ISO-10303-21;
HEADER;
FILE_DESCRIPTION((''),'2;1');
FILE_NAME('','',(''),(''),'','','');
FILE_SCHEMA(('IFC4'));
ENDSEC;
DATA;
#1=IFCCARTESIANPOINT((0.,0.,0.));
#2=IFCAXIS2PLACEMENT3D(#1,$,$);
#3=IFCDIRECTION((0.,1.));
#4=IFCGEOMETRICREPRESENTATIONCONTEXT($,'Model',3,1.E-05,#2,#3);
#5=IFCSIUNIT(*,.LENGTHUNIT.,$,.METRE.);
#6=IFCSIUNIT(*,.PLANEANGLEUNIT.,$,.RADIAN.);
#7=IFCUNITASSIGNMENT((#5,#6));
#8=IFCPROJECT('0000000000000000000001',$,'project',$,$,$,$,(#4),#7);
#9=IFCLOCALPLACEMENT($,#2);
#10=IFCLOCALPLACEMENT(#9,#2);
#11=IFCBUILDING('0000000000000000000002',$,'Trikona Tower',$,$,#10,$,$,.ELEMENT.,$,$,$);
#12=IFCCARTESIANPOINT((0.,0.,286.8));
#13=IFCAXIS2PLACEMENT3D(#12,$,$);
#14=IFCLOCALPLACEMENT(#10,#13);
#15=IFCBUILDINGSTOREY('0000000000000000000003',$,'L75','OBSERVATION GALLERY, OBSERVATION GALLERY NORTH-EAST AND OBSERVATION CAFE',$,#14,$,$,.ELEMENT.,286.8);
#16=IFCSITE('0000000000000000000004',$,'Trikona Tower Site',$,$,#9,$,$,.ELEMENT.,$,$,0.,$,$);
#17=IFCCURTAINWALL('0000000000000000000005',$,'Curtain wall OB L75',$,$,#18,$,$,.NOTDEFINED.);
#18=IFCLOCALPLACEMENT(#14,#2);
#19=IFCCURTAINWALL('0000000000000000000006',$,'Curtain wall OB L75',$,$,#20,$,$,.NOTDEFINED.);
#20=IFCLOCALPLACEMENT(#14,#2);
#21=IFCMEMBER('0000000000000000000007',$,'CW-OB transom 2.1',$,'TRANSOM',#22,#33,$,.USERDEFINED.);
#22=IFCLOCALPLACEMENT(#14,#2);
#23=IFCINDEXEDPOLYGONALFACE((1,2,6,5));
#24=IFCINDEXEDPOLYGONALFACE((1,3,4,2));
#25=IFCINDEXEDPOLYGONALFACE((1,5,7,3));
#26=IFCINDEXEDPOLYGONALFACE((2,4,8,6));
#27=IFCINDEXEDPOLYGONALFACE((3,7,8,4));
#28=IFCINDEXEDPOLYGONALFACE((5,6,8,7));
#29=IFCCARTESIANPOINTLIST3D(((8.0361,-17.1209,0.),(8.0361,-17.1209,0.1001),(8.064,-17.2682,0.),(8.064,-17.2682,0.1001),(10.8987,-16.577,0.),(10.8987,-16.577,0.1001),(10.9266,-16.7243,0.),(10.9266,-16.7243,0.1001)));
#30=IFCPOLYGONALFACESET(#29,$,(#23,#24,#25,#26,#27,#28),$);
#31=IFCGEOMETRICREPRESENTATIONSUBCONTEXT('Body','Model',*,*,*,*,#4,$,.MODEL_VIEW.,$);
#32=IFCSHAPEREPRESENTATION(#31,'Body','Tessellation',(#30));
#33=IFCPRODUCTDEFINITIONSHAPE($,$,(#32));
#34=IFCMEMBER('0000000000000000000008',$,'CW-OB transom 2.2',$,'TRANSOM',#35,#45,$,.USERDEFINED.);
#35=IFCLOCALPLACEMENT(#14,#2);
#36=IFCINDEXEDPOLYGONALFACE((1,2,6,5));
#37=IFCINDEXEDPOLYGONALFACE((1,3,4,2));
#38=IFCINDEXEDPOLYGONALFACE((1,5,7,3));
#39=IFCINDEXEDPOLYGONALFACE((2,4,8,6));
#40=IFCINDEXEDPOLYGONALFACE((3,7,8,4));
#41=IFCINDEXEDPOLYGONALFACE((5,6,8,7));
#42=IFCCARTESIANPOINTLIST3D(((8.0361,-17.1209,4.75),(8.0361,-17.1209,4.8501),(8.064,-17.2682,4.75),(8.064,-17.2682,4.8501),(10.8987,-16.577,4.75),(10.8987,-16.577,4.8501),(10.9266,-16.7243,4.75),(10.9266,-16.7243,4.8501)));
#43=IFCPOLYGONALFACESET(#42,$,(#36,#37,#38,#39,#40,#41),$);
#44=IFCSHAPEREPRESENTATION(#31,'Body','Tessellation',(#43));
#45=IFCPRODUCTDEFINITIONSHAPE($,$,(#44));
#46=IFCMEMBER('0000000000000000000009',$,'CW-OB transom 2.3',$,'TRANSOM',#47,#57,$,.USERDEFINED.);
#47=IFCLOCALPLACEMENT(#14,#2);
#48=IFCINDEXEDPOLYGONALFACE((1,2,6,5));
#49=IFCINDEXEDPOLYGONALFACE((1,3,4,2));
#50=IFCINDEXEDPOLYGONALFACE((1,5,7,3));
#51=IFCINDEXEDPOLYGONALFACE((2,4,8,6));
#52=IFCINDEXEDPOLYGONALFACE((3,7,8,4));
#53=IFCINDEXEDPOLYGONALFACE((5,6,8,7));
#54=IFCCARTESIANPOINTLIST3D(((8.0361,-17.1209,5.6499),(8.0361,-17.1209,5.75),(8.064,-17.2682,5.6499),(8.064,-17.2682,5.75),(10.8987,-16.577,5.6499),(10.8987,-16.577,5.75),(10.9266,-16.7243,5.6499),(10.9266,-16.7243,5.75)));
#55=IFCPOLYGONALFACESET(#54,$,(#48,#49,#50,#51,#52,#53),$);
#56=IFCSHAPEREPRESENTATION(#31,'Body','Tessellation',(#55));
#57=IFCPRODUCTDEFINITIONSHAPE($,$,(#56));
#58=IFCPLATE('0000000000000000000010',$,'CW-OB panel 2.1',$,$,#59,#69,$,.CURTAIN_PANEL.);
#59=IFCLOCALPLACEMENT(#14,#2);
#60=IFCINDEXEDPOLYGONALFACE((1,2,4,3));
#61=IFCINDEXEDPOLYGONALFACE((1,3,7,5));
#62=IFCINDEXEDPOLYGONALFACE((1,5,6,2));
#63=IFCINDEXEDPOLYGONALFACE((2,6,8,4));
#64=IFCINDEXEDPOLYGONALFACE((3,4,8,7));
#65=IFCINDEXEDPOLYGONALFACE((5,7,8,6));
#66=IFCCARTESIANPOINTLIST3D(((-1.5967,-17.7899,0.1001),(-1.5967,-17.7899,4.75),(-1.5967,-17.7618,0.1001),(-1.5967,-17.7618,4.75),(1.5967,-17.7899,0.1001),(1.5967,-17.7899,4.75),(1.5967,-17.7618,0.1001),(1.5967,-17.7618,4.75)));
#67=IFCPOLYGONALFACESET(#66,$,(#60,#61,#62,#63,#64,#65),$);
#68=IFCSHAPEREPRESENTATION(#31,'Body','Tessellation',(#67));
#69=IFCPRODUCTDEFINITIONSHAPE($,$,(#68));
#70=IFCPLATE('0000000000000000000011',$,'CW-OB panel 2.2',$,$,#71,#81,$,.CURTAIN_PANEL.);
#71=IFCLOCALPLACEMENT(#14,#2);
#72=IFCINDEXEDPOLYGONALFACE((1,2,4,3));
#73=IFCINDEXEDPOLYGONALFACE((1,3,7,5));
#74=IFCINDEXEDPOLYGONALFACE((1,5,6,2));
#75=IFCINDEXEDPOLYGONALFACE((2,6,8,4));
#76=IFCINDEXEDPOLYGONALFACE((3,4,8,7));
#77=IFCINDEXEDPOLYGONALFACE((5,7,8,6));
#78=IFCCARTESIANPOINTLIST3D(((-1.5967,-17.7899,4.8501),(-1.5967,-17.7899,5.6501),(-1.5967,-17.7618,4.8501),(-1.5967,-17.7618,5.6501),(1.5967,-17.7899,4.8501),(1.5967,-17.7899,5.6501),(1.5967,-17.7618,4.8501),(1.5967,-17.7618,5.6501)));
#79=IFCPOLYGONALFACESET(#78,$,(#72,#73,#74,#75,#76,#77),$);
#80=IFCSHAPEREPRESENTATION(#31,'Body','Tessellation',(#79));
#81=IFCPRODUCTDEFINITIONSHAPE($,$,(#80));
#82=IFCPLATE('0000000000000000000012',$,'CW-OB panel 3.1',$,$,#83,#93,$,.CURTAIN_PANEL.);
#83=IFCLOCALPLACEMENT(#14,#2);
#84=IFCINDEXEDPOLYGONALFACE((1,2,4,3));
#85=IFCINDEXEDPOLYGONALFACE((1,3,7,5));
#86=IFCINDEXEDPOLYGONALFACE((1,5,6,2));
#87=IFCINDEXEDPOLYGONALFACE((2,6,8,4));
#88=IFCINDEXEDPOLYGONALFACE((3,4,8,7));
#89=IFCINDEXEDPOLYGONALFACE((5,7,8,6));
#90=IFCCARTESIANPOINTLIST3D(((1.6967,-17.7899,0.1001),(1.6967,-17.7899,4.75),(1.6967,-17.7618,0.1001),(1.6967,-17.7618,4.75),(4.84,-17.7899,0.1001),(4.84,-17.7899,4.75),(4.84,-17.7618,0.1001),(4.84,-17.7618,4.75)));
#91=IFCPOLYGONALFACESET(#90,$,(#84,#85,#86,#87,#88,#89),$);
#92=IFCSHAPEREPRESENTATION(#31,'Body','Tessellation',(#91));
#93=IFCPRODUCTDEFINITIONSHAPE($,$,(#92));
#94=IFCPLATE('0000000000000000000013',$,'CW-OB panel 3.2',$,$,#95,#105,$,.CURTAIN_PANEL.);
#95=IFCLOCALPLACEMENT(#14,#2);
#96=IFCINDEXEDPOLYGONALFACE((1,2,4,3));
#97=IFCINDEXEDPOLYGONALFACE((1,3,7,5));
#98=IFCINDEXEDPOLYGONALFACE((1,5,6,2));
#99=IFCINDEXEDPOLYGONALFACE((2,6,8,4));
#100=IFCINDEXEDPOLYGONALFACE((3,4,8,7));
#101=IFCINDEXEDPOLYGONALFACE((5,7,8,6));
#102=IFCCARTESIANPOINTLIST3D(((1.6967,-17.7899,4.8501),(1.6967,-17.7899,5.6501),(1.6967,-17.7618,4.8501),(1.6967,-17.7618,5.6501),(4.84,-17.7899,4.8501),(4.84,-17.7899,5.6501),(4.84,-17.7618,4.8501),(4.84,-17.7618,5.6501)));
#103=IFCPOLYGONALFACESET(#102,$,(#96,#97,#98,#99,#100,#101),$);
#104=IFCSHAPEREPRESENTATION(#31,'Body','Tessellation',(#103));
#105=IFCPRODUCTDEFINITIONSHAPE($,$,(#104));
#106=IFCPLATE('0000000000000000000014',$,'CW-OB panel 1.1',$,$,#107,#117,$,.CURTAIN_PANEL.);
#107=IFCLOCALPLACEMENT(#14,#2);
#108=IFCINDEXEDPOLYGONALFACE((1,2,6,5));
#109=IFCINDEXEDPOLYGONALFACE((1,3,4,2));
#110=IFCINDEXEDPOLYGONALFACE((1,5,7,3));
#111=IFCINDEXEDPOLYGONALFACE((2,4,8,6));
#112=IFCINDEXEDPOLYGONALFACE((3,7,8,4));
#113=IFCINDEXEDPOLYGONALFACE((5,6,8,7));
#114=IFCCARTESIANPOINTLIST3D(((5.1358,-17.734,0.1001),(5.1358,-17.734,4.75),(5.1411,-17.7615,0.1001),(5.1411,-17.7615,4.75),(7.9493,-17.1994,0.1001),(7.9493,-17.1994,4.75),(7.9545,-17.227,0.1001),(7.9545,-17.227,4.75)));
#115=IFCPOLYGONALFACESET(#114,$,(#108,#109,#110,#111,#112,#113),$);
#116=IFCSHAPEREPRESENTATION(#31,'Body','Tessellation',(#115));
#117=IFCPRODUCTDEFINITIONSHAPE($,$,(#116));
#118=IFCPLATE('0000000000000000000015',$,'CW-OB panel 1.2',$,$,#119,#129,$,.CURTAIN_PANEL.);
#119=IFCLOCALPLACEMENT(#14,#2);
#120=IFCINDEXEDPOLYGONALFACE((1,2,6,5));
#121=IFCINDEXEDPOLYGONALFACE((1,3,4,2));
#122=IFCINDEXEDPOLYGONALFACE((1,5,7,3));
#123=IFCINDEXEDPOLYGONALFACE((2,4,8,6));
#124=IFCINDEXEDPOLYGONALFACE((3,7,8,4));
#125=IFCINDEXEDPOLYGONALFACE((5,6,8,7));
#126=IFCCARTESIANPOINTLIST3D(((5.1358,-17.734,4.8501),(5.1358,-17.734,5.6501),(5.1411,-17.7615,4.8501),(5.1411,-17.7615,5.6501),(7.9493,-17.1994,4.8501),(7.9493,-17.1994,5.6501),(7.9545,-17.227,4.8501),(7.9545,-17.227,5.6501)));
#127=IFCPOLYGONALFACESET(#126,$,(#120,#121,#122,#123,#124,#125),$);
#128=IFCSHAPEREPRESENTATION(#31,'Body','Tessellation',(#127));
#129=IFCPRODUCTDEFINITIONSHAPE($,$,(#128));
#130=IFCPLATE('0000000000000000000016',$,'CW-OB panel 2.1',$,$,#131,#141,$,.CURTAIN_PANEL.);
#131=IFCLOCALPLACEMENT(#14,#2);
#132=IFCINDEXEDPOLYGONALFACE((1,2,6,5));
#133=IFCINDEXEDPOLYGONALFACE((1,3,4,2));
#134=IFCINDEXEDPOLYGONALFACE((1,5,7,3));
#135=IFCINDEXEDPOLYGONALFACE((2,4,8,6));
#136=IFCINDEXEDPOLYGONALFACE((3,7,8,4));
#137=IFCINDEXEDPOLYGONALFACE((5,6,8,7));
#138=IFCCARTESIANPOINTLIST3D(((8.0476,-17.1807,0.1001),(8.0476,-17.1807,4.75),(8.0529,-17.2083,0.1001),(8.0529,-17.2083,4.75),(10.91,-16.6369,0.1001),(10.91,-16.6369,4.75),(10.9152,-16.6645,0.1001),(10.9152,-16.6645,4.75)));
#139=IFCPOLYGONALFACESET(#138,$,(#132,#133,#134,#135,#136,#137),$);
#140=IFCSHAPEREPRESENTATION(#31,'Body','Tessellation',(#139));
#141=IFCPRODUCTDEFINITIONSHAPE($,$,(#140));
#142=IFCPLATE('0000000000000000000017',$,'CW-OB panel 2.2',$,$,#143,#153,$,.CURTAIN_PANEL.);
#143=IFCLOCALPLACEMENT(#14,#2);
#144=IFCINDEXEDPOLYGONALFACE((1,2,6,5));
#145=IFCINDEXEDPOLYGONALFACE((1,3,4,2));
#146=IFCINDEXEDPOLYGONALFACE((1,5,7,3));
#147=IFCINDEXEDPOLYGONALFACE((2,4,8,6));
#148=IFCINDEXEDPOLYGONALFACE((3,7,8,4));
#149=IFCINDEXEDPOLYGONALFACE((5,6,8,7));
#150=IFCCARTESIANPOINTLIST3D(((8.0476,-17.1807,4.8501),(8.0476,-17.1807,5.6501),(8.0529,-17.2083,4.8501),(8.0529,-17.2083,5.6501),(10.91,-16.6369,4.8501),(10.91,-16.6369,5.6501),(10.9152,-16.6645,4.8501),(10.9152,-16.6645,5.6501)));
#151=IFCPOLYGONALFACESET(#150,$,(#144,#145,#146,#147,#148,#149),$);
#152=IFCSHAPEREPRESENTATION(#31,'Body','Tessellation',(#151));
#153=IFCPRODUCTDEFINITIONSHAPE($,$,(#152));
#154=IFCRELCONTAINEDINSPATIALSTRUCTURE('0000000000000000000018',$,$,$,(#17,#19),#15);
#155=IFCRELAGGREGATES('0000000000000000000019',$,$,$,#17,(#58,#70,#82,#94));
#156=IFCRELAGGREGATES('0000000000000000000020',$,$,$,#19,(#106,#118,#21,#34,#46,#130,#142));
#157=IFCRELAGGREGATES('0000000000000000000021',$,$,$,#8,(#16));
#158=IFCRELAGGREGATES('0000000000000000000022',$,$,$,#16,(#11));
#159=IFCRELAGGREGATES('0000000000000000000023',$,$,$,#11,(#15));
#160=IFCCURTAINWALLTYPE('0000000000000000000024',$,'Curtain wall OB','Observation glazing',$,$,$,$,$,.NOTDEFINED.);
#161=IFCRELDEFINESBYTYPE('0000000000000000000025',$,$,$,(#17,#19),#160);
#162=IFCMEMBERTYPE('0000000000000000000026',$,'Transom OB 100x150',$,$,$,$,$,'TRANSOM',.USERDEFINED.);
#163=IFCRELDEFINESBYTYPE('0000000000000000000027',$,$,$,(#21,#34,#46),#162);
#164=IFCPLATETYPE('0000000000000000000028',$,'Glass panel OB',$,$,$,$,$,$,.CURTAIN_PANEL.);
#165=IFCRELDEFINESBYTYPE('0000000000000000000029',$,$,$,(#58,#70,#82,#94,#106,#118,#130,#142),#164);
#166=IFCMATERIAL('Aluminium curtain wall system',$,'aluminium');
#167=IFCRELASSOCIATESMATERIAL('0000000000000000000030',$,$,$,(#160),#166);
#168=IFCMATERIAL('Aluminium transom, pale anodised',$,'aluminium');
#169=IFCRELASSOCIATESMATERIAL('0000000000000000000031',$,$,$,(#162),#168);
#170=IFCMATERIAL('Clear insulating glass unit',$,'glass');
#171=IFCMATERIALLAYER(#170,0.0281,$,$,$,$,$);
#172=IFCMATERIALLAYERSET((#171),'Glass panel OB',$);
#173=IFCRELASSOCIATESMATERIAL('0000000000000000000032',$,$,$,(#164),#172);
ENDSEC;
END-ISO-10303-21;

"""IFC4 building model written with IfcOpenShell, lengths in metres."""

from ifc_helpers import new_model, si_unit, direction, frame, origin, origin_2d, place, context, subcontext, project, spatial, rectangle, extrude, material, layer, layer_set, material_profile, profile_set, type_object, element, aggregate, save


model = new_model("IFC4")

# Units and contexts
model_context = context("Model", 3, precision=1e-05, world=origin(), true_north=direction((0.0, 1.0)))
body_context = subcontext(model_context, "Body", "Model", "MODEL_VIEW")
ifc_project = project(units=[si_unit("LENGTHUNIT", "METRE"), si_unit("PLANEANGLEUNIT", "RADIAN")], contexts=[model_context])

# Site, building, storey
site_placement = place(None, origin())
site = spatial("IfcSite", under=ifc_project, at=site_placement, Name="Trikona Tower Site", CompositionType="ELEMENT", RefElevation=0.0)
building_placement = place(site_placement, origin())
building = spatial("IfcBuilding", under=site, at=building_placement, Name="Trikona Tower", CompositionType="ELEMENT")
storey_placement = place(building_placement, frame((0.0, 0.0, 286.8)))
storey = spatial("IfcBuildingStorey", under=building, at=storey_placement, Name="L75", Description="OBSERVATION GALLERY, OBSERVATION GALLERY NORTH-EAST AND OBSERVATION CAFE", CompositionType="ELEMENT", Elevation=286.8)

# Curtain walls
ifc_material_1 = material(Name="Aluminium curtain wall system", Category="aluminium")
curtain_wall_type = type_object("IfcCurtainWallType", Name="Curtain wall OB", Description="Observation glazing", PredefinedType="NOTDEFINED", material=ifc_material_1)
curtain_wall_1_placement = place(storey_placement, origin())
curtain_wall_1 = element("IfcCurtainWall", 1, at=curtain_wall_1_placement, inside=storey, type_object=curtain_wall_type, Name="Curtain wall OB L75", PredefinedType="NOTDEFINED")
curtain_wall_2_placement = place(storey_placement, origin())
curtain_wall_2 = element("IfcCurtainWall", 2, at=curtain_wall_2_placement, inside=storey, type_object=curtain_wall_type, Name="Curtain wall OB L75", PredefinedType="NOTDEFINED")

# Members
ifc_material_2 = material(Name="Aluminium transom, pale anodised", Category="aluminium")
ifc_material_profile_1 = material_profile(ifc_material_2, rectangle(XDim=0.1499, YDim=0.1001, at=origin_2d()), Name="TRN-OB")
ifc_profile_set_1 = profile_set([ifc_material_profile_1], Name="Aluminium transom, pale anodised")
member_type_1 = type_object("IfcMemberType", Name="Transom OB 100x150", ElementType="TRANSOM", PredefinedType="USERDEFINED", material=ifc_profile_set_1)
member_1_placement = place(storey_placement, frame((8.05, -17.1946, 0.05), z_axis=(0.982421, 0.186681, 0.0), x_axis=(-0.186681, 0.982421, 0.0)))
member_1 = element("IfcMember", 3, at=member_1_placement, type_object=member_type_1, Name="CW-OB transom 2.1", ObjectType="TRANSOM", PredefinedType="USERDEFINED", context=body_context, shape_type="SweptSolid", body=[
    extrude(rectangle(XDim=0.1499, YDim=0.1001, at=origin_2d()), origin(), (0.0, 0.0, 1.0), 2.9138),
])
member_2_placement = place(storey_placement, frame((8.05, -17.1946, 4.8), z_axis=(0.982421, 0.186681, 0.0), x_axis=(-0.186681, 0.982421, 0.0)))
member_2 = element("IfcMember", 4, at=member_2_placement, type_object=member_type_1, Name="CW-OB transom 2.2", ObjectType="TRANSOM", PredefinedType="USERDEFINED", context=body_context, shape_type="SweptSolid", body=[
    extrude(rectangle(XDim=0.1499, YDim=0.1001, at=origin_2d()), origin(), (0.0, 0.0, 1.0), 2.9138),
])
member_3_placement = place(storey_placement, frame((8.05, -17.1946, 5.7), z_axis=(0.982421, 0.186681, 0.0), x_axis=(-0.186681, 0.982421, 0.0)))
member_3 = element("IfcMember", 5, at=member_3_placement, type_object=member_type_1, Name="CW-OB transom 2.3", ObjectType="TRANSOM", PredefinedType="USERDEFINED", context=body_context, shape_type="SweptSolid", body=[
    extrude(rectangle(XDim=0.1499, YDim=0.1001, at=origin_2d()), origin(), (0.0, 0.0, 1.0), 2.9138),
])

# Plates
ifc_material_3 = material(Name="Clear insulating glass unit", Category="glass")
ifc_layer = layer(ifc_material_3, 0.0281)
ifc_layer_set = layer_set([ifc_layer], Name="Glass panel OB")
plate_type = type_object("IfcPlateType", Name="Glass panel OB", PredefinedType="CURTAIN_PANEL", material=ifc_layer_set)
plate_1_placement = place(storey_placement, frame((0.0, -17.7759, 0.1001), z_axis=(0.0, 0.0, 1.0), x_axis=(1.0, 0.0, 0.0)))
plate_1 = element("IfcPlate", 6, at=plate_1_placement, type_object=plate_type, Name="CW-OB panel 2.1", PredefinedType="CURTAIN_PANEL", context=body_context, shape_type="SweptSolid", body=[
    extrude(rectangle(XDim=3.1934, YDim=0.0281, at=origin_2d()), origin(), (0.0, 0.0, 1.0), 4.6499),
])
plate_2_placement = place(storey_placement, frame((0.0, -17.7759, 4.8501), z_axis=(0.0, 0.0, 1.0), x_axis=(1.0, 0.0, 0.0)))
plate_2 = element("IfcPlate", 7, at=plate_2_placement, type_object=plate_type, Name="CW-OB panel 2.2", PredefinedType="CURTAIN_PANEL", context=body_context, shape_type="SweptSolid", body=[
    extrude(rectangle(XDim=3.1934, YDim=0.0281, at=origin_2d()), origin(), (0.0, 0.0, 1.0), 0.8),
])
plate_3_placement = place(storey_placement, frame((3.2683, -17.7759, 0.1001), z_axis=(0.0, 0.0, 1.0), x_axis=(1.0, 0.0, 0.0)))
plate_3 = element("IfcPlate", 8, at=plate_3_placement, type_object=plate_type, Name="CW-OB panel 3.1", PredefinedType="CURTAIN_PANEL", context=body_context, shape_type="SweptSolid", body=[
    extrude(rectangle(XDim=3.1433, YDim=0.0281, at=origin_2d()), origin(), (0.0, 0.0, 1.0), 4.6499),
])
plate_4_placement = place(storey_placement, frame((3.2683, -17.7759, 4.8501), z_axis=(0.0, 0.0, 1.0), x_axis=(1.0, 0.0, 0.0)))
plate_4 = element("IfcPlate", 9, at=plate_4_placement, type_object=plate_type, Name="CW-OB panel 3.2", PredefinedType="CURTAIN_PANEL", context=body_context, shape_type="SweptSolid", body=[
    extrude(rectangle(XDim=3.1433, YDim=0.0281, at=origin_2d()), origin(), (0.0, 0.0, 1.0), 0.8),
])
aggregate(curtain_wall_1, [plate_1, plate_2, plate_3, plate_4])
plate_5_placement = place(storey_placement, frame((6.5452, -17.4805, 0.1001), z_axis=(0.0, 0.0, 1.0), x_axis=(0.982424, 0.186661, 0.0)))
plate_5 = element("IfcPlate", 10, at=plate_5_placement, type_object=plate_type, Name="CW-OB panel 1.1", PredefinedType="CURTAIN_PANEL", context=body_context, shape_type="SweptSolid", body=[
    extrude(rectangle(XDim=2.8638, YDim=0.0281, at=origin_2d()), origin(), (0.0, 0.0, 1.0), 4.6499),
])
plate_6_placement = place(storey_placement, frame((6.5452, -17.4805, 4.8501), z_axis=(0.0, 0.0, 1.0), x_axis=(0.982424, 0.186661, 0.0)))
plate_6 = element("IfcPlate", 11, at=plate_6_placement, type_object=plate_type, Name="CW-OB panel 1.2", PredefinedType="CURTAIN_PANEL", context=body_context, shape_type="SweptSolid", body=[
    extrude(rectangle(XDim=2.8638, YDim=0.0281, at=origin_2d()), origin(), (0.0, 0.0, 1.0), 0.8),
])
plate_7_placement = place(storey_placement, frame((9.4814, -16.9226, 0.1001), z_axis=(0.0, 0.0, 1.0), x_axis=(0.982424, 0.186661, 0.0)))
plate_7 = element("IfcPlate", 12, at=plate_7_placement, type_object=plate_type, Name="CW-OB panel 2.1", PredefinedType="CURTAIN_PANEL", context=body_context, shape_type="SweptSolid", body=[
    extrude(rectangle(XDim=2.9136, YDim=0.0281, at=origin_2d()), origin(), (0.0, 0.0, 1.0), 4.6499),
])
plate_8_placement = place(storey_placement, frame((9.4814, -16.9226, 4.8501), z_axis=(0.0, 0.0, 1.0), x_axis=(0.982424, 0.186661, 0.0)))
plate_8 = element("IfcPlate", 13, at=plate_8_placement, type_object=plate_type, Name="CW-OB panel 2.2", PredefinedType="CURTAIN_PANEL", context=body_context, shape_type="SweptSolid", body=[
    extrude(rectangle(XDim=2.9136, YDim=0.0281, at=origin_2d()), origin(), (0.0, 0.0, 1.0), 0.8),
])
aggregate(curtain_wall_2, [plate_5, plate_6, member_1, member_2, member_3, plate_7, plate_8])

save(model, "model.ifc")
